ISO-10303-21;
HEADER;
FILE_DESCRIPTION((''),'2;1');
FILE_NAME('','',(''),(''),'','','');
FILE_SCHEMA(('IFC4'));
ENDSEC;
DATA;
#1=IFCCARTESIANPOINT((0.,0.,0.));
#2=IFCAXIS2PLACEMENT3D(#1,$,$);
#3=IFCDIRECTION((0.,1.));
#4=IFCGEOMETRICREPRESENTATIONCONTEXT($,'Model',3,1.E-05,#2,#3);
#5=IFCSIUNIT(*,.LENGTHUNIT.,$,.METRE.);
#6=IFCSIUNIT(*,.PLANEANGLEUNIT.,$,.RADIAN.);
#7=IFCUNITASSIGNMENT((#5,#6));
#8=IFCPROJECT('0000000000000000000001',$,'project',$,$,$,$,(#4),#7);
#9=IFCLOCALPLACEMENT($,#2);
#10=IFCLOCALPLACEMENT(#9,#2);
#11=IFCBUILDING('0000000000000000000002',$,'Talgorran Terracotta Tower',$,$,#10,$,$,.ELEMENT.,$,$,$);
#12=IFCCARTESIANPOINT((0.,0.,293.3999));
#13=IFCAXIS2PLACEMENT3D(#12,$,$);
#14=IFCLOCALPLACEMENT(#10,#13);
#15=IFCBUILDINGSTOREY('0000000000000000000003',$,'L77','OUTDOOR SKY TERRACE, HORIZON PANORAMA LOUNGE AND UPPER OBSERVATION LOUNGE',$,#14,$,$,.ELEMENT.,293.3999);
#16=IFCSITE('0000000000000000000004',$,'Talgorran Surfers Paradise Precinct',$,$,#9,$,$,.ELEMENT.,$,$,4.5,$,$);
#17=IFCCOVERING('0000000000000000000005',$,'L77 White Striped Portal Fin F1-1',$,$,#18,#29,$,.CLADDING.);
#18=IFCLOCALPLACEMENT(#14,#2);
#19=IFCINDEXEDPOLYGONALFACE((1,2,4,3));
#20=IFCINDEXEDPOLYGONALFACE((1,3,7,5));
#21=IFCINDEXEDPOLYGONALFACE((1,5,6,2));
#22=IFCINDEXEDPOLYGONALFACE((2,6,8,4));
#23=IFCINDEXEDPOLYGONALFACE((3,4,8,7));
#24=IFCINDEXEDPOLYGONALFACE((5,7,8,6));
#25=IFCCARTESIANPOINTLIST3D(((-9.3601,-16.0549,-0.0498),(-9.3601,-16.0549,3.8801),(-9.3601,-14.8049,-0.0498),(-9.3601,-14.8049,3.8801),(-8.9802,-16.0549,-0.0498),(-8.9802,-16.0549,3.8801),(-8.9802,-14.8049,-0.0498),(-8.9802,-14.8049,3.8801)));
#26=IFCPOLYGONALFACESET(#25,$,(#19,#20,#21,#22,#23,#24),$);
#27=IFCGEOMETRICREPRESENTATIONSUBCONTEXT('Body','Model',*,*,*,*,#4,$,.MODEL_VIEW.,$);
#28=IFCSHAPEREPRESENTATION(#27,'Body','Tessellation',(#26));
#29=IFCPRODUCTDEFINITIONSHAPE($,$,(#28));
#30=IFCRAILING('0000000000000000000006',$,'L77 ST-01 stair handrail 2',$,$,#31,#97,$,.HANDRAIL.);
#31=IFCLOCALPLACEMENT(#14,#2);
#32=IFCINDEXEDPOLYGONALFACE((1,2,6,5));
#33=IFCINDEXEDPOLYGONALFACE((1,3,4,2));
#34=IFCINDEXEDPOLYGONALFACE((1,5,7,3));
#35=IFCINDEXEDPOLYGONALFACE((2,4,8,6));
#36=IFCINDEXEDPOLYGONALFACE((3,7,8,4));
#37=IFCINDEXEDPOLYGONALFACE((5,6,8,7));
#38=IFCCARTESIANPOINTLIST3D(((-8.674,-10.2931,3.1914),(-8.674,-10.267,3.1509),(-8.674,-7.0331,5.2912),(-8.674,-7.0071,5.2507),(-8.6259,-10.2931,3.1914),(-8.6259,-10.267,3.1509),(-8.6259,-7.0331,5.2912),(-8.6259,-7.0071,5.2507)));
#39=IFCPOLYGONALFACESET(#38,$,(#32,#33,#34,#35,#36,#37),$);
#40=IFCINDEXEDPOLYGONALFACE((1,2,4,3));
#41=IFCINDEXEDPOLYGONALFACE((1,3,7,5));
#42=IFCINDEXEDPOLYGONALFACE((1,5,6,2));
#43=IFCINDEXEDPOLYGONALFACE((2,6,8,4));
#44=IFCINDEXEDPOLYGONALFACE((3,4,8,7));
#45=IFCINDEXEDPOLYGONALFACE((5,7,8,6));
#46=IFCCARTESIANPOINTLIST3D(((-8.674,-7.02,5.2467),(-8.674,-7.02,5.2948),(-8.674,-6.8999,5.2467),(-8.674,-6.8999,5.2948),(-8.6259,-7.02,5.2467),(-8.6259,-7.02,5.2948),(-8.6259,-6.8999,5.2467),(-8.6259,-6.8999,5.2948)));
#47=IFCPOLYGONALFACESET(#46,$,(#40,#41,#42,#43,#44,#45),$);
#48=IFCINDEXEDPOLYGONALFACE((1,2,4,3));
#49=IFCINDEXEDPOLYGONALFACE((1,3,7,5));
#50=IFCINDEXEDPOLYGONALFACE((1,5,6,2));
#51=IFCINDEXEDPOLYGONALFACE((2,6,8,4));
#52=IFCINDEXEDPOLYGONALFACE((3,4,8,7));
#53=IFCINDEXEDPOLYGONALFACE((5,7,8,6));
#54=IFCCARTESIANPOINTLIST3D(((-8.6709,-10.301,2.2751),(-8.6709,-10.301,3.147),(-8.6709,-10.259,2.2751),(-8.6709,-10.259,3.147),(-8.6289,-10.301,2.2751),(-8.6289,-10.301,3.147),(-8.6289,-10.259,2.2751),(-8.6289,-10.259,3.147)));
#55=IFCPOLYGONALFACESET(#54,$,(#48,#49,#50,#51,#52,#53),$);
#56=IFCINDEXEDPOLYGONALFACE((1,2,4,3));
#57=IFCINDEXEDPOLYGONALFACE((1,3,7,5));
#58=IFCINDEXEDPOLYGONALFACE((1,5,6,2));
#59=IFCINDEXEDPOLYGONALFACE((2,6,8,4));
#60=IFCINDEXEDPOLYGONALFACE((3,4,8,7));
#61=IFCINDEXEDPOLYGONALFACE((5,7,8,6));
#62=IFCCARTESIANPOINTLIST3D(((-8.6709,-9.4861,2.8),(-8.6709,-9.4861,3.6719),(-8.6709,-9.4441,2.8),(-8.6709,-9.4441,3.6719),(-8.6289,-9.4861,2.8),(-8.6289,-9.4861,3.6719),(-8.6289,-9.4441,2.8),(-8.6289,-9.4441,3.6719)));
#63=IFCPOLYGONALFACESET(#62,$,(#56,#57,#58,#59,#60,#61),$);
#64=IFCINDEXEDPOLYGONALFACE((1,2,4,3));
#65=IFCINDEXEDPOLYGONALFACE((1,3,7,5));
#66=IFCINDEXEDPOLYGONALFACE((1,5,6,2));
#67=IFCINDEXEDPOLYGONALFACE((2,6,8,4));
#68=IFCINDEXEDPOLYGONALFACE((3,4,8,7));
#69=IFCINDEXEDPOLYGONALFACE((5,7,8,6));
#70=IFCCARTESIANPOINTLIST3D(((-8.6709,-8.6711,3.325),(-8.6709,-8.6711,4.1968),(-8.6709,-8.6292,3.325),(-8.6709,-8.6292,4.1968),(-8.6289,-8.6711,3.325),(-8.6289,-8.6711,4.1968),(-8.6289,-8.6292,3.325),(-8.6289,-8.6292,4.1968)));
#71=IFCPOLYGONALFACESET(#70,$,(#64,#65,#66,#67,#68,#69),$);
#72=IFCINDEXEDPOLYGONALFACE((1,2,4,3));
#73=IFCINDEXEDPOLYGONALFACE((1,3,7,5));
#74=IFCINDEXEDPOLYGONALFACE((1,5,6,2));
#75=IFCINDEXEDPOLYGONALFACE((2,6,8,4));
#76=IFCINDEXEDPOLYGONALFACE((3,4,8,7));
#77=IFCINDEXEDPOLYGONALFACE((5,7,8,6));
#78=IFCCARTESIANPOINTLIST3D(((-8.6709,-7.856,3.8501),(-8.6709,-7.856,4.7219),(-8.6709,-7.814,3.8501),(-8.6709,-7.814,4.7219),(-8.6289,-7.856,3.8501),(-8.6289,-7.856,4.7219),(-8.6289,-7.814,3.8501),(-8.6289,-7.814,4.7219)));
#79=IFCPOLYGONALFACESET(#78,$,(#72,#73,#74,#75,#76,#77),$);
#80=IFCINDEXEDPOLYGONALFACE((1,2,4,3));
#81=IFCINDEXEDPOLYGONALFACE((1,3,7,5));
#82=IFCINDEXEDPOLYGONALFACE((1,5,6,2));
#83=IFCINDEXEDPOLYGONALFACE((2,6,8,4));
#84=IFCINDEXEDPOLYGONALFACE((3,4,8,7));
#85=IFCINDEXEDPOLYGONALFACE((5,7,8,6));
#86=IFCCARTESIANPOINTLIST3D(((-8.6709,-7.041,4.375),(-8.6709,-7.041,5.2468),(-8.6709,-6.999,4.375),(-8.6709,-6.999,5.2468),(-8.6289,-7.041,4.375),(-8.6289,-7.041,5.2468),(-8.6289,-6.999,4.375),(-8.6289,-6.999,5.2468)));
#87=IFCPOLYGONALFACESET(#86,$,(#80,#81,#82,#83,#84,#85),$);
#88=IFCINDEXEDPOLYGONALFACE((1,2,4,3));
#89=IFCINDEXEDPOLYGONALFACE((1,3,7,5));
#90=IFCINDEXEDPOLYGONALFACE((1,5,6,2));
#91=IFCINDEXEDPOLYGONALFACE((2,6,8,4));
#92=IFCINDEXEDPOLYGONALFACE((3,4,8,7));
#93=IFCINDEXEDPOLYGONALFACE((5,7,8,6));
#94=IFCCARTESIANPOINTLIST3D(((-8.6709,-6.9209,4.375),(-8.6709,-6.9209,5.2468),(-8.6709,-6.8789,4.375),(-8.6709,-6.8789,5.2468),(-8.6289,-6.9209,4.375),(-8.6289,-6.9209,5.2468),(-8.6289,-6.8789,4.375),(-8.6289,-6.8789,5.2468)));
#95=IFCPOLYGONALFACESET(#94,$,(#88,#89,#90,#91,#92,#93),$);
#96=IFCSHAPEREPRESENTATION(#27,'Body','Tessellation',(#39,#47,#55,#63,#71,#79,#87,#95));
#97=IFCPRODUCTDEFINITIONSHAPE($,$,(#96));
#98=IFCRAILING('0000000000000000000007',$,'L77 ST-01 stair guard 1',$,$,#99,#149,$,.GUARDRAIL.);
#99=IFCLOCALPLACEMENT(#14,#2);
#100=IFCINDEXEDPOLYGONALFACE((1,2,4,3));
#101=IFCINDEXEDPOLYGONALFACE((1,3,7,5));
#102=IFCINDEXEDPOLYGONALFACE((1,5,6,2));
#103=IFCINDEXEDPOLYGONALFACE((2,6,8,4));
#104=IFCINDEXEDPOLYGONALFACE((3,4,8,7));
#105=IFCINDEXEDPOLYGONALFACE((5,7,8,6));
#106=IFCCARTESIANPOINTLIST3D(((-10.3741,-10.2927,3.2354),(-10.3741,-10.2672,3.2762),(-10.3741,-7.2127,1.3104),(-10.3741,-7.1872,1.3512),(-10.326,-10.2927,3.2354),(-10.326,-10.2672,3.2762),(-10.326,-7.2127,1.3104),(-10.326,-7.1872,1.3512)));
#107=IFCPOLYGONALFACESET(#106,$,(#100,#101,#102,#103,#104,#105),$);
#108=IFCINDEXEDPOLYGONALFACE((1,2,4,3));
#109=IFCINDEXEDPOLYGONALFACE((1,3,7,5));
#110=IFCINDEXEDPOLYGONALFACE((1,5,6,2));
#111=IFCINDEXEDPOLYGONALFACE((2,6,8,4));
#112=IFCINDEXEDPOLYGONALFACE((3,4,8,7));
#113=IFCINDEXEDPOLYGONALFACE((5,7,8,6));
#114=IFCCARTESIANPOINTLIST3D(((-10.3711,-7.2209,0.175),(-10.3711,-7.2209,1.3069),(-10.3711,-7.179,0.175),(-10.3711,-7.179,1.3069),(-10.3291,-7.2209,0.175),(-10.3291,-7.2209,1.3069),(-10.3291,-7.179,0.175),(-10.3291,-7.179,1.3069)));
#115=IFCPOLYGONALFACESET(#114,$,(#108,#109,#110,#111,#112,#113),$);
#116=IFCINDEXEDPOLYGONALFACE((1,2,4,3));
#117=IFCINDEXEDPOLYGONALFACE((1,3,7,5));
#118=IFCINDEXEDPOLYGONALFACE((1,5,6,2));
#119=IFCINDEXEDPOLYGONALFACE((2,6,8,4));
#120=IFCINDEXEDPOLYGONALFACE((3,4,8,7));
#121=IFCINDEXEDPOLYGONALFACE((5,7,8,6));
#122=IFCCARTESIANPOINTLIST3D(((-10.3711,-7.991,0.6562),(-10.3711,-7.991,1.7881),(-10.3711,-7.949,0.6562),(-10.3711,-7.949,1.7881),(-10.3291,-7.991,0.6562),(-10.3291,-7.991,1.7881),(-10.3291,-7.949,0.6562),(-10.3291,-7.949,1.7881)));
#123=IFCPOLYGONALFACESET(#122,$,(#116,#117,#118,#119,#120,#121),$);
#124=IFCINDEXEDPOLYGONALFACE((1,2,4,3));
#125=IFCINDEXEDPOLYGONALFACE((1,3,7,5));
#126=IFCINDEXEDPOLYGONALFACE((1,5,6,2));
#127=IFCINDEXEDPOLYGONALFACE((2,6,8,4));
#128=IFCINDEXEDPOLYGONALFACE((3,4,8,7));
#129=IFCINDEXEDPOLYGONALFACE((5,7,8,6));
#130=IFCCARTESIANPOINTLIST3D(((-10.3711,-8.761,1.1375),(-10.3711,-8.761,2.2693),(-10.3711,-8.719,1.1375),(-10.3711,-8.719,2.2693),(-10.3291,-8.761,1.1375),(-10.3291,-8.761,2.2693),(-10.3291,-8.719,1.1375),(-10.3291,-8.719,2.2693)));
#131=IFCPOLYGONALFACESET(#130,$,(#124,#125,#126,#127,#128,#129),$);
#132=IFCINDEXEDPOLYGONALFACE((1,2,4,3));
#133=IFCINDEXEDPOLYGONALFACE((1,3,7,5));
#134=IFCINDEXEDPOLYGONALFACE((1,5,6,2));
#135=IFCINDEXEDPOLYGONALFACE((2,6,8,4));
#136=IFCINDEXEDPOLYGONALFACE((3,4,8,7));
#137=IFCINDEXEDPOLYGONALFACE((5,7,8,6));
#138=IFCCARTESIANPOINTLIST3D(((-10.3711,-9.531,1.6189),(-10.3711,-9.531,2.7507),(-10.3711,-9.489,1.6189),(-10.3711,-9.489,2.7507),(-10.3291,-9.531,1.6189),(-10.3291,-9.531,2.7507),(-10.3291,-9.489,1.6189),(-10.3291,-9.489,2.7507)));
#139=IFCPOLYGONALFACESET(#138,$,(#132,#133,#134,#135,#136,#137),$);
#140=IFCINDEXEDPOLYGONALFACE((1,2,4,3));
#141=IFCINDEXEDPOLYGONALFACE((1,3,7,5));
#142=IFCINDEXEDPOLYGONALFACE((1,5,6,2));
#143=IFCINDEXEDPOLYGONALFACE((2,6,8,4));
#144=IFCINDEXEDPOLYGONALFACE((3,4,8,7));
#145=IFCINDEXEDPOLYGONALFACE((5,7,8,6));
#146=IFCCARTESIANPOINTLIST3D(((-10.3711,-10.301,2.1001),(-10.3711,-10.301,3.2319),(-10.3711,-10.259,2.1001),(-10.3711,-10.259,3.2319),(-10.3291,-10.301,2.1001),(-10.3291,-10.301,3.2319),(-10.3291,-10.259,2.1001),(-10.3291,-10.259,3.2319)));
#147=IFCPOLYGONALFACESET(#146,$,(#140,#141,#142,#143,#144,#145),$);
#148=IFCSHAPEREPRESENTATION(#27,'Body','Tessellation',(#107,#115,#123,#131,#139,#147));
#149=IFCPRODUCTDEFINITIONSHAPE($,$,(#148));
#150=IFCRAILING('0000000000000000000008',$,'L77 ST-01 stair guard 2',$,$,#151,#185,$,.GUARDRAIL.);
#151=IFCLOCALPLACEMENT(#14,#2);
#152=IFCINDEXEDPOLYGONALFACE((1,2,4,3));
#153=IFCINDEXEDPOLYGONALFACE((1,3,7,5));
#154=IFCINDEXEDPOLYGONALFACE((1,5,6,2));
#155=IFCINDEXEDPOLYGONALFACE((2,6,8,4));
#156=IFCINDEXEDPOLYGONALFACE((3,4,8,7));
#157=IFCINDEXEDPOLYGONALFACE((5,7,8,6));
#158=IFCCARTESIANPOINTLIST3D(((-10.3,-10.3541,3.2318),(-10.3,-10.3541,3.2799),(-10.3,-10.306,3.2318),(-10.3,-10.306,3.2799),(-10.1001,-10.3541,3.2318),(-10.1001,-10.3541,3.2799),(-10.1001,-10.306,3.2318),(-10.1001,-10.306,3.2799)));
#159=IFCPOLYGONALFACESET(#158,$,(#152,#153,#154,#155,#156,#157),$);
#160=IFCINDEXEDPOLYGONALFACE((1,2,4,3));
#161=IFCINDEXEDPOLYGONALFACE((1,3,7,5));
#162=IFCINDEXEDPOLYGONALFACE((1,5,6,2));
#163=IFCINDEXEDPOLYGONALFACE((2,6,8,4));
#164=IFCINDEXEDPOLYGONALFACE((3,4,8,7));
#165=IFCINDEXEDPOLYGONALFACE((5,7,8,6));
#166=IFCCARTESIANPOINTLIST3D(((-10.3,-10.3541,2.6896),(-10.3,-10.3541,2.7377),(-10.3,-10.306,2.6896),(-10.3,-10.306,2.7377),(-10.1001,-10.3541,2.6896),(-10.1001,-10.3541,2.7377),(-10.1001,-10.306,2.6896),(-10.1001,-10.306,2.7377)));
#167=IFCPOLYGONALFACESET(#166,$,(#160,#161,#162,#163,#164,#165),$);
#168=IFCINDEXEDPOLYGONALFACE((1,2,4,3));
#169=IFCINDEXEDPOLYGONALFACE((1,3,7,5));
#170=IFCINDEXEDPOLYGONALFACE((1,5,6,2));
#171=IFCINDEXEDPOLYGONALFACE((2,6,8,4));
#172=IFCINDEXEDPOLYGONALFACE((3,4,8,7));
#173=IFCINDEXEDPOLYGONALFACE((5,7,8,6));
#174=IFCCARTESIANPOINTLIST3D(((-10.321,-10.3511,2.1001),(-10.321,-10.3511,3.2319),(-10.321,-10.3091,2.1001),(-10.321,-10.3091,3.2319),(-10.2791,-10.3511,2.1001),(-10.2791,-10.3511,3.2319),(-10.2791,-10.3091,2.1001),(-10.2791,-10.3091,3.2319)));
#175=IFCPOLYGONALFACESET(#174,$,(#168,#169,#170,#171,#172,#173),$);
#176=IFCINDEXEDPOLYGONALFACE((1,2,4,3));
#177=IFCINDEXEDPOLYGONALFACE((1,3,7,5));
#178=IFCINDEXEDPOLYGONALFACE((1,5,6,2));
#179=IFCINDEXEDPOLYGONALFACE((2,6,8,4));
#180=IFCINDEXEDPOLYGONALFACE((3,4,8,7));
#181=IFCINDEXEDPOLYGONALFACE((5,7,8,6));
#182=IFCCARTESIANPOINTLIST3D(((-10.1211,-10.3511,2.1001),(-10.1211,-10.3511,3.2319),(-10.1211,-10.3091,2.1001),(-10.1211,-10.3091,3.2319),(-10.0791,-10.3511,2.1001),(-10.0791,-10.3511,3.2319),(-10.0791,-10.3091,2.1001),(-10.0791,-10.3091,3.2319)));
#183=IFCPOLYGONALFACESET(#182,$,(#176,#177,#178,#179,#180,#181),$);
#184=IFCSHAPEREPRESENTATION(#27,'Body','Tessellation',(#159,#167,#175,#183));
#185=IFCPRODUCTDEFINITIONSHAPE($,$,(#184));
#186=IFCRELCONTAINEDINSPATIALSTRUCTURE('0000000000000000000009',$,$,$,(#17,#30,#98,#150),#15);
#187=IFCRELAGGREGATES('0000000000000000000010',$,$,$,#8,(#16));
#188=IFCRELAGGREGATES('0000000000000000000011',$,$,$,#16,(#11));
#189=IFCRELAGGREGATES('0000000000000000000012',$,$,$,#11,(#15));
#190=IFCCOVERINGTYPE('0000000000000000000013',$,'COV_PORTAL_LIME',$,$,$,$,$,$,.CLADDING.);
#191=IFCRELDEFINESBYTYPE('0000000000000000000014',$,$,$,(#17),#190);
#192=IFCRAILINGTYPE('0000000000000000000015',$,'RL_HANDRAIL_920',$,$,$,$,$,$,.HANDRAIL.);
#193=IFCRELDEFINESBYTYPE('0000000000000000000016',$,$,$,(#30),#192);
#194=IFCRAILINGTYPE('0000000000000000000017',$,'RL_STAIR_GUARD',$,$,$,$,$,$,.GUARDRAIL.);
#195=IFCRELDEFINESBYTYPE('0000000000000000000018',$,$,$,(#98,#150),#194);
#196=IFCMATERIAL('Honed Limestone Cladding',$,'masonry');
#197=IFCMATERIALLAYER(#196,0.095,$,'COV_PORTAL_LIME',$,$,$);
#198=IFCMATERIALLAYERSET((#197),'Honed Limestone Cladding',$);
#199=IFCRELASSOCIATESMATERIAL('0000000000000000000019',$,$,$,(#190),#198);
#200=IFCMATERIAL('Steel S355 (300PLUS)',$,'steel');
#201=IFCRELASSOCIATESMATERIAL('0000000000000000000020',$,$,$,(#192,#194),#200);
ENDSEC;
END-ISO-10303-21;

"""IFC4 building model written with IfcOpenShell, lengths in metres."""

from ifc_helpers import new_model, si_unit, direction, frame, origin, origin_2d, place, context, subcontext, project, spatial, rectangle, extrude, material, layer, layer_set, type_object, element, save


model = new_model("IFC4")

# Units and contexts
model_context = context("Model", 3, precision=1e-05, world=origin(), true_north=direction((0.0, 1.0)))
body_context = subcontext(model_context, "Body", "Model", "MODEL_VIEW")
ifc_project = project(units=[si_unit("LENGTHUNIT", "METRE"), si_unit("PLANEANGLEUNIT", "RADIAN")], contexts=[model_context])

# Site, building, storey
site_placement = place(None, origin())
site = spatial("IfcSite", under=ifc_project, at=site_placement, Name="Talgorran Surfers Paradise Precinct", CompositionType="ELEMENT", RefElevation=4.5)
building_placement = place(site_placement, origin())
building = spatial("IfcBuilding", under=site, at=building_placement, Name="Talgorran Terracotta Tower", CompositionType="ELEMENT")
storey_placement = place(building_placement, frame((0.0, 0.0, 293.3999)))
storey = spatial("IfcBuildingStorey", under=building, at=storey_placement, Name="L77", Description="OUTDOOR SKY TERRACE, HORIZON PANORAMA LOUNGE AND UPPER OBSERVATION LOUNGE", CompositionType="ELEMENT", Elevation=293.3999)

# Shared definitions
ifc_material_1 = material(Name="Steel S355 (300PLUS)", Category="steel")

# Covering
ifc_material_2 = material(Name="Honed Limestone Cladding", Category="masonry")
ifc_layer_1 = layer(ifc_material_2, 0.095, Name="COV_PORTAL_LIME")
ifc_layer_set_1 = layer_set([ifc_layer_1], Name="Honed Limestone Cladding")
covering_type = type_object("IfcCoveringType", Name="COV_PORTAL_LIME", PredefinedType="CLADDING", material=ifc_layer_set_1)
covering_placement = place(storey_placement, frame((-9.1702, -15.4299, -0.0498), z_axis=(0.0, 0.0, 1.0), x_axis=(1.0, 0.0, 0.0)))
element("IfcCovering", 1, at=covering_placement, inside=storey, type_object=covering_type, Name="L77 White Striped Portal Fin F1-1", PredefinedType="CLADDING", context=body_context, shape_type="SweptSolid", body=[
    extrude(rectangle(XDim=0.3799, YDim=1.25, at=origin_2d()), origin(), (0.0, 0.0, 1.0), 3.9299),
])

# Railings
railing_type_1 = type_object("IfcRailingType", Name="RL_HANDRAIL_920", PredefinedType="HANDRAIL", material=ifc_material_1)
railing_1_placement = place(storey_placement, frame((-8.6499, -10.28, 2.2751)))
element("IfcRailing", 2, at=railing_1_placement, inside=storey, type_object=railing_type_1, Name="L77 ST-01 stair handrail 2", PredefinedType="HANDRAIL", context=body_context, shape_type="SweptSolid", body=[
    extrude(rectangle(XDim=0.0481, YDim=0.0481, at=origin_2d()), frame((0.0, 0.0, 0.896), z_axis=(0.0, 0.840693, 0.541512), x_axis=(-1.0, 0.0, 0.0)), (0.0, 0.0, 1.0), 3.8777),
    extrude(rectangle(XDim=0.0481, YDim=0.0481, at=origin_2d()), frame((0.0, 3.26, 2.9956), z_axis=(0.0, 1.0, 0.0), x_axis=(-1.0, 0.0, 0.0)), (0.0, 0.0, 1.0), 0.1201),
    extrude(rectangle(XDim=0.042, YDim=0.042, at=origin_2d()), origin(), (0.0, 0.0, 1.0), 0.8718),
    extrude(rectangle(XDim=0.042, YDim=0.042, at=origin_2d()), frame((0.0, 0.8149, 0.5249)), (0.0, 0.0, 1.0), 0.8718),
    extrude(rectangle(XDim=0.042, YDim=0.042, at=origin_2d()), frame((0.0, 1.6299, 1.0498)), (0.0, 0.0, 1.0), 0.8718),
    extrude(rectangle(XDim=0.042, YDim=0.042, at=origin_2d()), frame((0.0, 2.4451, 1.575)), (0.0, 0.0, 1.0), 0.8718),
    extrude(rectangle(XDim=0.042, YDim=0.042, at=origin_2d()), frame((0.0, 3.26, 2.0999)), (0.0, 0.0, 1.0), 0.8718),
    extrude(rectangle(XDim=0.042, YDim=0.042, at=origin_2d()), frame((0.0, 3.3801, 2.0999)), (0.0, 0.0, 1.0), 0.8718),
])
railing_type_2 = type_object("IfcRailingType", Name="RL_STAIR_GUARD", PredefinedType="GUARDRAIL", material=ifc_material_1)
railing_2_placement = place(storey_placement, frame((-10.3501, -7.2, 0.175)))
element("IfcRailing", 3, at=railing_2_placement, inside=storey, type_object=railing_type_2, Name="L77 ST-01 stair guard 1", PredefinedType="GUARDRAIL", context=body_context, shape_type="SweptSolid", body=[
    extrude(rectangle(XDim=0.0481, YDim=0.0481, at=origin_2d()), frame((0.0, 0.0, 1.1558), z_axis=(0.0, -0.847998, 0.529999), x_axis=(1.0, 0.0, 0.0)), (0.0, 0.0, 1.0), 3.6321),
    extrude(rectangle(XDim=0.042, YDim=0.042, at=origin_2d()), origin(), (0.0, 0.0, 1.0), 1.1318),
    extrude(rectangle(XDim=0.042, YDim=0.042, at=origin_2d()), frame((0.0, -0.77, 0.4812)), (0.0, 0.0, 1.0), 1.1318),
    extrude(rectangle(XDim=0.042, YDim=0.042, at=origin_2d()), frame((0.0, -1.54, 0.9624)), (0.0, 0.0, 1.0), 1.1318),
    extrude(rectangle(XDim=0.042, YDim=0.042, at=origin_2d()), frame((0.0, -2.3101, 1.4438)), (0.0, 0.0, 1.0), 1.1318),
    extrude(rectangle(XDim=0.042, YDim=0.042, at=origin_2d()), frame((0.0, -3.0801, 1.925)), (0.0, 0.0, 1.0), 1.1318),
])
railing_3_placement = place(storey_placement, frame((-10.3, -10.3301, 2.1001)))
element("IfcRailing", 4, at=railing_3_placement, inside=storey, type_object=railing_type_2, Name="L77 ST-01 stair guard 2", PredefinedType="GUARDRAIL", context=body_context, shape_type="SweptSolid", body=[
    extrude(rectangle(XDim=0.0481, YDim=0.0481, at=origin_2d()), frame((0.0, 0.0, 1.1558), z_axis=(1.0, 0.0, 0.0), x_axis=(0.0, 1.0, 0.0)), (0.0, 0.0, 1.0), 0.2),
    extrude(rectangle(XDim=0.0481, YDim=0.0481, at=origin_2d()), frame((0.0, 0.0, 0.6135), z_axis=(1.0, 0.0, 0.0), x_axis=(0.0, 1.0, 0.0)), (0.0, 0.0, 1.0), 0.2),
    extrude(rectangle(XDim=0.042, YDim=0.042, at=origin_2d()), origin(), (0.0, 0.0, 1.0), 1.1318),
    extrude(rectangle(XDim=0.042, YDim=0.042, at=origin_2d()), frame((0.2, 0.0, 0.0)), (0.0, 0.0, 1.0), 1.1318),
])

save(model, "model.ifc")
